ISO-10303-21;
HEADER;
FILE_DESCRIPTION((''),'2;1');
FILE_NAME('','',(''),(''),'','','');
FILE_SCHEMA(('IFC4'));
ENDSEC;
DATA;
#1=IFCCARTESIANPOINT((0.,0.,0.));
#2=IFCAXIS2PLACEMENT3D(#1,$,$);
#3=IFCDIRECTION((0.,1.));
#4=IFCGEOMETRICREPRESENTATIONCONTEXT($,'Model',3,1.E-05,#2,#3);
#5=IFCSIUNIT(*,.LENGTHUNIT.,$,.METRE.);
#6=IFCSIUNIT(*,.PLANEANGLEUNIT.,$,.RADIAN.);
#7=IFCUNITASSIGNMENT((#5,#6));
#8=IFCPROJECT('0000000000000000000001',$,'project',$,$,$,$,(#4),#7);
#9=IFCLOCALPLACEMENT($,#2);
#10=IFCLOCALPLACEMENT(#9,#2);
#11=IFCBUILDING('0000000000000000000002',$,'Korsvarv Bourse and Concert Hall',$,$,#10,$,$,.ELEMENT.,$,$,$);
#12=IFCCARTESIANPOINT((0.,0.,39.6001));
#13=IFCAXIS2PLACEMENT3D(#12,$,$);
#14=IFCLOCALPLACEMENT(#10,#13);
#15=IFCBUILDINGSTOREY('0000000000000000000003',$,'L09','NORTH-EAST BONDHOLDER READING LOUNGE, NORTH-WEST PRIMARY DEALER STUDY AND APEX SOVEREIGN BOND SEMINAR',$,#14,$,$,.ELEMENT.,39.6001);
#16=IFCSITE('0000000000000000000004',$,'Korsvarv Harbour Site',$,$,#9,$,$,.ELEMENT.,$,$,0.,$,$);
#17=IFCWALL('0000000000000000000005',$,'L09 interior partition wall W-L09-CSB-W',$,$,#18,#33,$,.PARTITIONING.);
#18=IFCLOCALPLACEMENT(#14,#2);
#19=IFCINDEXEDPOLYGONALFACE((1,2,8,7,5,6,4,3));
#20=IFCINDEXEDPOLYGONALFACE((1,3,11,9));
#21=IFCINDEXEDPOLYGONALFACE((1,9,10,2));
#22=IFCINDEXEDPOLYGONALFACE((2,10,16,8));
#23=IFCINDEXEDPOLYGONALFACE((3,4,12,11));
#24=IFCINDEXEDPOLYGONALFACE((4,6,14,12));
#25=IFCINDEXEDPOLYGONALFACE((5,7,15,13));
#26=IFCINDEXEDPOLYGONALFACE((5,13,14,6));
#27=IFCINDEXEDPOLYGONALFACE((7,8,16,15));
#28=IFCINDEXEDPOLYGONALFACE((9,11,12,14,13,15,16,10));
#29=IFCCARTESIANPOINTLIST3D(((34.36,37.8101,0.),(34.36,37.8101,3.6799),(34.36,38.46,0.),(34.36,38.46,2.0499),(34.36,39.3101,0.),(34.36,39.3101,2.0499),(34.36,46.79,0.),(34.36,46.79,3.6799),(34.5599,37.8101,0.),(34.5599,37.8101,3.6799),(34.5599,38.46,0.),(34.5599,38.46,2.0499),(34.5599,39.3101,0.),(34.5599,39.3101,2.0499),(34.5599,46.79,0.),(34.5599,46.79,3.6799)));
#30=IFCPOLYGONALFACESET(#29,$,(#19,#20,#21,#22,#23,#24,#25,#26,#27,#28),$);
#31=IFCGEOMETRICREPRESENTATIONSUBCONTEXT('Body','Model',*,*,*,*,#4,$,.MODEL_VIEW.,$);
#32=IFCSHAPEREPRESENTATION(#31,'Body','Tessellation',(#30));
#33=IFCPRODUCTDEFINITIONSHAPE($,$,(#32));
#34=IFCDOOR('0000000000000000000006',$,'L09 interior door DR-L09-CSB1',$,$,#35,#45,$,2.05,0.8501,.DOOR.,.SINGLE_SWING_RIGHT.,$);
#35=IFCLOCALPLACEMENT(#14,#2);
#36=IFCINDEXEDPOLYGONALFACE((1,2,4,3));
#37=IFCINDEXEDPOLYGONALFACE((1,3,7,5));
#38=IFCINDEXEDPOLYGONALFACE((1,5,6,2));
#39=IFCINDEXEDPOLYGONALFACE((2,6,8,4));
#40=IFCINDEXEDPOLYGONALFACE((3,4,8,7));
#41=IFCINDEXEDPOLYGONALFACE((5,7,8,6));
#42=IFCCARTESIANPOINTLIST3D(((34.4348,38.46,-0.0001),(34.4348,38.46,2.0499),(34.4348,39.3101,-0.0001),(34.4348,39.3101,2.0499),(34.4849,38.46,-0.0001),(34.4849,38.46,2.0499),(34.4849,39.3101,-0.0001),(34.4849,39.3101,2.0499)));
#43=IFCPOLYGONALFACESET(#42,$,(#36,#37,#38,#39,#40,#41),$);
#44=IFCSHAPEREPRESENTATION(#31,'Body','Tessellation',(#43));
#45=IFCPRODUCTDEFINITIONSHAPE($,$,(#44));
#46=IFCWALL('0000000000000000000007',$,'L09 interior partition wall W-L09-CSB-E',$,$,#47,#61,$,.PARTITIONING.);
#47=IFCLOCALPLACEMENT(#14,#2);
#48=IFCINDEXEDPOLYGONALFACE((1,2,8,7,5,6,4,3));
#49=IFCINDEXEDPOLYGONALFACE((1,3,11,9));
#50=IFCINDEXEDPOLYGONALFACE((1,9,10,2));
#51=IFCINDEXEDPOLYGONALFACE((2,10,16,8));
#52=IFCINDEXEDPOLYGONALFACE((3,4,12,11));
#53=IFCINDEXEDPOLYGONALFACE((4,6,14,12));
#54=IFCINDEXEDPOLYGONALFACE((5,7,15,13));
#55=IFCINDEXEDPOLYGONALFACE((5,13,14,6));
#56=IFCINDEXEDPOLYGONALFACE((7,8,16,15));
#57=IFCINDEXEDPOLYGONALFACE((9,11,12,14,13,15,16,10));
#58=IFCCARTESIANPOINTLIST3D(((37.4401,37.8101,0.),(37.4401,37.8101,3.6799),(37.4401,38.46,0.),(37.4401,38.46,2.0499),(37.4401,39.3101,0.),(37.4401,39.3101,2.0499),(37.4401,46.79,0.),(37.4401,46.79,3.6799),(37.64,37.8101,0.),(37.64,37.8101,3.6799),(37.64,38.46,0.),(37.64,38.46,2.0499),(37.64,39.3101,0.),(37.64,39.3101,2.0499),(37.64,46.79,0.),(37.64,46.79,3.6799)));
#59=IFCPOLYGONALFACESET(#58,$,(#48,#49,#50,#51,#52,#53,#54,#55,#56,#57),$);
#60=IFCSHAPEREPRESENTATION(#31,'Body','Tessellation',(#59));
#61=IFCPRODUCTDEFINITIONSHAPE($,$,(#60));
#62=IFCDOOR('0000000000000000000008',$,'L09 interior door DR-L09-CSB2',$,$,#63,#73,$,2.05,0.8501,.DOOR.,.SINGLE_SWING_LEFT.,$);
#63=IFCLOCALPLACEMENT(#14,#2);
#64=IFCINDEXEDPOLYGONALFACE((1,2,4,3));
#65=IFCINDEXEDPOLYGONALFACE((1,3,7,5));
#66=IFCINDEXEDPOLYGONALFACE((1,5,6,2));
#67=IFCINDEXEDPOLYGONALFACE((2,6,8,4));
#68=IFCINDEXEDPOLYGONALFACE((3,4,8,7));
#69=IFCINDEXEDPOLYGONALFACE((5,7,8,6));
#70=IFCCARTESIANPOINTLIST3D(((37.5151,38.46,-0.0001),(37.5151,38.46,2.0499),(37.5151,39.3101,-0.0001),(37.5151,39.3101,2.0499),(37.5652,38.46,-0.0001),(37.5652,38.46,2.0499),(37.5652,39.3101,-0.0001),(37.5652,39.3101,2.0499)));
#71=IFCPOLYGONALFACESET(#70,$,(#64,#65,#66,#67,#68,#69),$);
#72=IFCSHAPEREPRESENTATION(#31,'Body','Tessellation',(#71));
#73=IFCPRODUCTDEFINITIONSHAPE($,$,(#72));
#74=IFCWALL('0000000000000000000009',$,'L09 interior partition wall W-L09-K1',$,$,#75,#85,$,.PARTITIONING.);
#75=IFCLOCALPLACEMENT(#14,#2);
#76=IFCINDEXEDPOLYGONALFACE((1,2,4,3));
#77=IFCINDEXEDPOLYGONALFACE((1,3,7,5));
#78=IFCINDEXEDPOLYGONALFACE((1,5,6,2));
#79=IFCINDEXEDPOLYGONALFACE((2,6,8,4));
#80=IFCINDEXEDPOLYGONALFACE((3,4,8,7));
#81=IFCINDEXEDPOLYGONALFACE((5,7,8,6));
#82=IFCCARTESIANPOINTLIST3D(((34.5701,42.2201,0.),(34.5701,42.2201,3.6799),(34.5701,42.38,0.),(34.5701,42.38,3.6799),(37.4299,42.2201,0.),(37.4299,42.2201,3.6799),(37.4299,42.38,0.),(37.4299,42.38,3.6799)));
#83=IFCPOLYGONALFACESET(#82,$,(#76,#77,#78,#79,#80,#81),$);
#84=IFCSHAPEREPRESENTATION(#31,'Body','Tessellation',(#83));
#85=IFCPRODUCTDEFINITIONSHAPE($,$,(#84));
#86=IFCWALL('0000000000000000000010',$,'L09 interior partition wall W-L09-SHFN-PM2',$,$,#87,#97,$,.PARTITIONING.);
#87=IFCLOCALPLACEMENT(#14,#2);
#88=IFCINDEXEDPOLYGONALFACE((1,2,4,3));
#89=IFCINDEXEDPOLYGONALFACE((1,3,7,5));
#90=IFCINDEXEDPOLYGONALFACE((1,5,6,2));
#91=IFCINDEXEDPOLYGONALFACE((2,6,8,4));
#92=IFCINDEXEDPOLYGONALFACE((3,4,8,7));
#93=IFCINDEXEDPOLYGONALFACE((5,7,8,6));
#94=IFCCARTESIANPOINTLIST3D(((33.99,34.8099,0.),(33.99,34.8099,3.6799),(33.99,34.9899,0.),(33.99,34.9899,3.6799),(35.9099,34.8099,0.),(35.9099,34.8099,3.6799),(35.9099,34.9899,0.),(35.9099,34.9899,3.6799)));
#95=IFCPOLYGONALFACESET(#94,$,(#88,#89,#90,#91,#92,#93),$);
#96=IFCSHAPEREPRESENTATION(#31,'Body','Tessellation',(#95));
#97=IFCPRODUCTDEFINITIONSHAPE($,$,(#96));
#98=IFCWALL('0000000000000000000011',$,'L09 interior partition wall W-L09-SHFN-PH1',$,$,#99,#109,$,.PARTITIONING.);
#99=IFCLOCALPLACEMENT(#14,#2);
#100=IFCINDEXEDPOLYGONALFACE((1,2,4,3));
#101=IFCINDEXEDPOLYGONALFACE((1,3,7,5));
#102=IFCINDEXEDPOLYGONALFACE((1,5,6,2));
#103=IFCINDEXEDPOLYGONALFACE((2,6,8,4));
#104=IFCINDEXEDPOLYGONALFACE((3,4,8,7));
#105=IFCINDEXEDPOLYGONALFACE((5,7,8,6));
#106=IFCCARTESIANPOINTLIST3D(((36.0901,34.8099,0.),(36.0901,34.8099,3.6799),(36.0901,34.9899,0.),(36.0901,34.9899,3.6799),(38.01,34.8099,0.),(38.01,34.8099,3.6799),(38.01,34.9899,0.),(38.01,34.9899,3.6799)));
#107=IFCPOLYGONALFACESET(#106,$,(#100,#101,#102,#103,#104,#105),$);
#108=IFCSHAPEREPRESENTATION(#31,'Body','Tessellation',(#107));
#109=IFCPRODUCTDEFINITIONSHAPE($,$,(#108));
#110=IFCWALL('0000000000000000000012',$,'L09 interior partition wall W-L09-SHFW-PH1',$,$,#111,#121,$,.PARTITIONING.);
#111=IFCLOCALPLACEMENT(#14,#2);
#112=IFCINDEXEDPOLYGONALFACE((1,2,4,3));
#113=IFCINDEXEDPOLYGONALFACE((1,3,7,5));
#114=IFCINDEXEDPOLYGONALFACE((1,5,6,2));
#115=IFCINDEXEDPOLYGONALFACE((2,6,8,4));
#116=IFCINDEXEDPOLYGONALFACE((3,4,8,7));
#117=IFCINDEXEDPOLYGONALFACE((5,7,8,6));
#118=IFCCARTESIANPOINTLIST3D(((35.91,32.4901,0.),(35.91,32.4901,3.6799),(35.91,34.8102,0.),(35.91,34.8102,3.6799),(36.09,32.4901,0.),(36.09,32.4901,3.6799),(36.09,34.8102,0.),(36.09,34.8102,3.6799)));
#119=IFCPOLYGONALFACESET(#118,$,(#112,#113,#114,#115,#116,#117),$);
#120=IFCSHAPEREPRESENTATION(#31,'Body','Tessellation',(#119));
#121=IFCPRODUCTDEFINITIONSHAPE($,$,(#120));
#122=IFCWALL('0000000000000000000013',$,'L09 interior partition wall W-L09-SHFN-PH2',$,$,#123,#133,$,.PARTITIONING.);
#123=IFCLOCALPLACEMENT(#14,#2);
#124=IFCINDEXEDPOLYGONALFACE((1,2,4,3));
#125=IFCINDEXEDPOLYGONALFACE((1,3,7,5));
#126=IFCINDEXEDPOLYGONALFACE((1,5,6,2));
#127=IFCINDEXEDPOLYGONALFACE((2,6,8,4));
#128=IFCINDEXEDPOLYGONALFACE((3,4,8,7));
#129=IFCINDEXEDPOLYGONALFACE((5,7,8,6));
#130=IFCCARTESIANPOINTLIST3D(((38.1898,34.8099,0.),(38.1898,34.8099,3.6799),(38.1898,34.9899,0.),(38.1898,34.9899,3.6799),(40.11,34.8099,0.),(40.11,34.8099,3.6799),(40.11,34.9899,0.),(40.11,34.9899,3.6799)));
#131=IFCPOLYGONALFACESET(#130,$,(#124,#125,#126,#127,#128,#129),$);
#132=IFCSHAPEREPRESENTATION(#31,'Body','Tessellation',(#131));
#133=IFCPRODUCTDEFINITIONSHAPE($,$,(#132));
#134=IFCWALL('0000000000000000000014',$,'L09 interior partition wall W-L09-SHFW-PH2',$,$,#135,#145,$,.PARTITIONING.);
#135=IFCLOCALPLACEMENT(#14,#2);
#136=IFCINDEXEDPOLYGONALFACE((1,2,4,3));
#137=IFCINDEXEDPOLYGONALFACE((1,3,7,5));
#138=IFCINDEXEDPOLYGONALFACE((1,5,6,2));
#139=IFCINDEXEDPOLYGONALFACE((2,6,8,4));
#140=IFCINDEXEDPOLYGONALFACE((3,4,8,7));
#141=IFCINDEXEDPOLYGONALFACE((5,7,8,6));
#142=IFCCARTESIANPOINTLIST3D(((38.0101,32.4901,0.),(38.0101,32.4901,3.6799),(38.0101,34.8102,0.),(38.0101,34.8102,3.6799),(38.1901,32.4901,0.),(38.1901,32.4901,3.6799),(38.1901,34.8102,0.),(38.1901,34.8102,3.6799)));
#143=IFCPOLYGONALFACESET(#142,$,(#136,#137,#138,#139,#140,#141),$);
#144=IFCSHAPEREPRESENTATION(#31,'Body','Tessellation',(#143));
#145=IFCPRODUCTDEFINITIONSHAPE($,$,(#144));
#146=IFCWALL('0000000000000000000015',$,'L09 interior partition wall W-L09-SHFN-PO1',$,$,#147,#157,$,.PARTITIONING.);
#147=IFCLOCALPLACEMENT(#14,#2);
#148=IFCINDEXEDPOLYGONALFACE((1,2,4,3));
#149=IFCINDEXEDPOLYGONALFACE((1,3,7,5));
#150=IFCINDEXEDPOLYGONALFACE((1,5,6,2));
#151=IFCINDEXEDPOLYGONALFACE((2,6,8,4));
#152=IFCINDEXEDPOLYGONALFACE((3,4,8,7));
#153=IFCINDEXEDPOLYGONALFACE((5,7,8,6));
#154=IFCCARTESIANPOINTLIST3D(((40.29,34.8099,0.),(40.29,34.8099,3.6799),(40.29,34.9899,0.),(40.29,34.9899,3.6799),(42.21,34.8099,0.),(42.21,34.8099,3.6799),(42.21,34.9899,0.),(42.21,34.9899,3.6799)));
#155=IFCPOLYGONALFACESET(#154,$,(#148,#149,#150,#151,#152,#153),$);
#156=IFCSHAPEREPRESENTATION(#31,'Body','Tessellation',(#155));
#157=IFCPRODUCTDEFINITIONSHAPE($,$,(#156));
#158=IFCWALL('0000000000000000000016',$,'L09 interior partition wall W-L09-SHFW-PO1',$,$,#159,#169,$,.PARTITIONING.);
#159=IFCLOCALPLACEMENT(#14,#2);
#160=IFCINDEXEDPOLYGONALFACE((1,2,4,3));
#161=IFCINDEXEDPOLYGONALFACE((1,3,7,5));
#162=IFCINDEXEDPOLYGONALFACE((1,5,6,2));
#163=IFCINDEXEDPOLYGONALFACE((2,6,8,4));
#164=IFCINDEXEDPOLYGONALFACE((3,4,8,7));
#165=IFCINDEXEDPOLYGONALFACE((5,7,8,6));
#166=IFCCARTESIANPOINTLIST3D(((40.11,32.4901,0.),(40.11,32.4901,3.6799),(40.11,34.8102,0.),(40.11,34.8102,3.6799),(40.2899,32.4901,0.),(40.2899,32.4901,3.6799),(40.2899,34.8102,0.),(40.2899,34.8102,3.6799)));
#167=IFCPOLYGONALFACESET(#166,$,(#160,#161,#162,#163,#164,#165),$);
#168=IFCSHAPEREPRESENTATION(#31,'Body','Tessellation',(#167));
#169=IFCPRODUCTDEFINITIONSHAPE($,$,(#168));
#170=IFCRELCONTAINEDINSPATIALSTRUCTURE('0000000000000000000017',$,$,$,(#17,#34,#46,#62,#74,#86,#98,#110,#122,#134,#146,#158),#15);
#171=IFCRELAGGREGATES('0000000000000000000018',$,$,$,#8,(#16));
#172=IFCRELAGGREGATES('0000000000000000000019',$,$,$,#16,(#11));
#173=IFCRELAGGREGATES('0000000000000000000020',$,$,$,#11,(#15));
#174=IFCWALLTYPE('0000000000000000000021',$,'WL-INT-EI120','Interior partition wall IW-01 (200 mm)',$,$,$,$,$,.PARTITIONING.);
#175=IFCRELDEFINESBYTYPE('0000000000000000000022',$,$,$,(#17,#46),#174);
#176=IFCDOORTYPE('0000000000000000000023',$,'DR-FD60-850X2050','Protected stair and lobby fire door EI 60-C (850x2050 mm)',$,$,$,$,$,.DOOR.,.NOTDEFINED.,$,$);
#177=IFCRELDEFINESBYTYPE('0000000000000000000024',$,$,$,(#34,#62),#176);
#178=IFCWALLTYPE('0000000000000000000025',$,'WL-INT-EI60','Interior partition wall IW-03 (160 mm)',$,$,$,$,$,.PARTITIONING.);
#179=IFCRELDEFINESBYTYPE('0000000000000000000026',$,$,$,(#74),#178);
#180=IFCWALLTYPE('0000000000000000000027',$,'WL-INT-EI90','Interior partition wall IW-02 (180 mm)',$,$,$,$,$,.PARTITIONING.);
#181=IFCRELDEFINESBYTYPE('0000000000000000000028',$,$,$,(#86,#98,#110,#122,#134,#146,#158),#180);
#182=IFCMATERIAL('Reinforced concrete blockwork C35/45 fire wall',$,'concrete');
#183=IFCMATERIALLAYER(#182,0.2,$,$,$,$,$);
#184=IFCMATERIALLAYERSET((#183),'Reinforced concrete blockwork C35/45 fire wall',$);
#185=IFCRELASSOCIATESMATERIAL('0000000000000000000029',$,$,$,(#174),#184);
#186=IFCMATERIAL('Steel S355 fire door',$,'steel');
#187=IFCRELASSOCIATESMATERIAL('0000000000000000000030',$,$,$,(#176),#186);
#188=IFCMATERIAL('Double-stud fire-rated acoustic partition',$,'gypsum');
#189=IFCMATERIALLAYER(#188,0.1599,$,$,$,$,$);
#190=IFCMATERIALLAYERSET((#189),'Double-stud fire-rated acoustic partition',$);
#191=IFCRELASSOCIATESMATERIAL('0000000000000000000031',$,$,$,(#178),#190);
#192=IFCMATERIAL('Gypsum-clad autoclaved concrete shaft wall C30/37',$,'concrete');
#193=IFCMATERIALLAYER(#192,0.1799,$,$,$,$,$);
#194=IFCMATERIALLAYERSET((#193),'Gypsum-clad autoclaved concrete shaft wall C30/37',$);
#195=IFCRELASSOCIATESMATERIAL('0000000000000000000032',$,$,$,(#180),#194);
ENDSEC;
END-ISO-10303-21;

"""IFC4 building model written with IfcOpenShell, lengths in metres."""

from ifc_helpers import new_model, si_unit, direction, frame, frame_2d, origin, place, context, subcontext, project, spatial, rectangle, extrude, material, layer, layer_set, type_object, element, fill, save


model = new_model("IFC4")

# Units and contexts
model_context = context("Model", 3, precision=1e-05, world=origin(), true_north=direction((0.0, 1.0)))
body_context = subcontext(model_context, "Body", "Model", "MODEL_VIEW")
ifc_project = project(units=[si_unit("LENGTHUNIT", "METRE"), si_unit("PLANEANGLEUNIT", "RADIAN")], contexts=[model_context])

# Site, building, storey
site_placement = place(None, origin())
site = spatial("IfcSite", under=ifc_project, at=site_placement, Name="Korsvarv Harbour Site", CompositionType="ELEMENT", RefElevation=0.0)
building_placement = place(site_placement, origin())
building = spatial("IfcBuilding", under=site, at=building_placement, Name="Korsvarv Bourse and Concert Hall", CompositionType="ELEMENT")
storey_placement = place(building_placement, frame((0.0, 0.0, 39.6001)))
storey = spatial("IfcBuildingStorey", under=building, at=storey_placement, Name="L09", Description="NORTH-EAST BONDHOLDER READING LOUNGE, NORTH-WEST PRIMARY DEALER STUDY AND APEX SOVEREIGN BOND SEMINAR", CompositionType="ELEMENT", Elevation=39.6001)

# Shared definitions
ifc_material_1 = material(Name="Steel S355 fire door", Category="steel")

# Walls, openings, doors
ifc_material_2 = material(Name="Reinforced concrete blockwork C35/45 fire wall", Category="concrete")
ifc_layer_1 = layer(ifc_material_2, 0.2)
ifc_layer_set_1 = layer_set([ifc_layer_1], Name="Reinforced concrete blockwork C35/45 fire wall")
wall_type_1 = type_object("IfcWallType", Name="WL-INT-EI120", Description="Interior partition wall IW-01 (200 mm)", PredefinedType="PARTITIONING", material=ifc_layer_set_1)
wall_1_placement = place(storey_placement, frame((34.46, 37.8101, 0.0), z_axis=(0.0, 0.0, 1.0), x_axis=(0.0, 1.0, 0.0)))
wall_1 = element("IfcWall", 1, at=wall_1_placement, inside=storey, type_object=wall_type_1, Name="L09 interior partition wall W-L09-CSB-W", PredefinedType="PARTITIONING", context=body_context, shape_type="SweptSolid", body=[
    extrude(rectangle(XDim=8.98, YDim=0.2, at=frame_2d((4.49, 0.0))), origin(), (0.0, 0.0, 1.0), 3.6799),
])
opening_1_placement = place(wall_1_placement, frame((0.6499, 0.0, 0.0)))
opening_1 = element("IfcOpeningElement", 2, at=opening_1_placement, cuts=wall_1, PredefinedType="OPENING", context=body_context, shape_type="SweptSolid", body=[
    extrude(rectangle(XDim=0.8501, YDim=2.05, at=frame_2d((0.425, 1.0249))), frame((0.0, 0.1099, 0.0), z_axis=(0.0, -1.0, 0.0), x_axis=(1.0, 0.0, 0.0)), (0.0, 0.0, 1.0), 0.22),
])
door_type_1 = type_object("IfcDoorType", Name="DR-FD60-850X2050", Description="Protected stair and lobby fire door EI 60-C (850x2050 mm)", OperationType="NOTDEFINED", PredefinedType="DOOR", material=ifc_material_1)
door_1_placement = place(opening_1_placement, frame((0.8501, 0.0, 0.0), z_axis=(0.0, 0.0, 1.0), x_axis=(-1.0, 0.0, 0.0)))
door_1 = element("IfcDoor", 3, at=door_1_placement, inside=storey, type_object=door_type_1, Name="L09 interior door DR-L09-CSB1", OperationType="SINGLE_SWING_RIGHT", OverallHeight=2.05, OverallWidth=0.8501, PredefinedType="DOOR", context=body_context, shape_type="SweptSolid", body=[
    extrude(rectangle(XDim=0.8501, YDim=2.05, at=frame_2d((0.425, 1.0249))), frame((0.0, 0.0249, 0.0), z_axis=(0.0, -1.0, 0.0), x_axis=(1.0, 0.0, 0.0)), (0.0, 0.0, 1.0), 0.05),
])
fill(opening_1, door_1)
wall_2_placement = place(storey_placement, frame((37.54, 37.8101, 0.0), z_axis=(0.0, 0.0, 1.0), x_axis=(0.0, 1.0, 0.0)))
wall_2 = element("IfcWall", 4, at=wall_2_placement, inside=storey, type_object=wall_type_1, Name="L09 interior partition wall W-L09-CSB-E", PredefinedType="PARTITIONING", context=body_context, shape_type="SweptSolid", body=[
    extrude(rectangle(XDim=8.98, YDim=0.2, at=frame_2d((4.49, 0.0))), origin(), (0.0, 0.0, 1.0), 3.6799),
])
opening_2_placement = place(wall_2_placement, frame((0.6499, 0.0, 0.0)))
opening_2 = element("IfcOpeningElement", 5, at=opening_2_placement, cuts=wall_2, PredefinedType="OPENING", context=body_context, shape_type="SweptSolid", body=[
    extrude(rectangle(XDim=0.8501, YDim=2.05, at=frame_2d((0.425, 1.0249))), frame((0.0, 0.1099, 0.0), z_axis=(0.0, -1.0, 0.0), x_axis=(1.0, 0.0, 0.0)), (0.0, 0.0, 1.0), 0.22),
])
door_2_placement = place(opening_2_placement, origin())
door_2 = element("IfcDoor", 6, at=door_2_placement, inside=storey, type_object=door_type_1, Name="L09 interior door DR-L09-CSB2", OperationType="SINGLE_SWING_LEFT", OverallHeight=2.05, OverallWidth=0.8501, PredefinedType="DOOR", context=body_context, shape_type="SweptSolid", body=[
    extrude(rectangle(XDim=0.8501, YDim=2.05, at=frame_2d((0.425, 1.0249))), frame((0.0, 0.0249, 0.0), z_axis=(0.0, -1.0, 0.0), x_axis=(1.0, 0.0, 0.0)), (0.0, 0.0, 1.0), 0.05),
])
fill(opening_2, door_2)

# Walls
ifc_material_3 = material(Name="Double-stud fire-rated acoustic partition", Category="gypsum")
ifc_layer_2 = layer(ifc_material_3, 0.1599)
ifc_layer_set_2 = layer_set([ifc_layer_2], Name="Double-stud fire-rated acoustic partition")
wall_type_2 = type_object("IfcWallType", Name="WL-INT-EI60", Description="Interior partition wall IW-03 (160 mm)", PredefinedType="PARTITIONING", material=ifc_layer_set_2)
wall_3_placement = place(storey_placement, frame((34.5701, 42.3, 0.0), z_axis=(0.0, 0.0, 1.0), x_axis=(1.0, 0.0, 0.0)))
element("IfcWall", 7, at=wall_3_placement, inside=storey, type_object=wall_type_2, Name="L09 interior partition wall W-L09-K1", PredefinedType="PARTITIONING", context=body_context, shape_type="SweptSolid", body=[
    extrude(rectangle(XDim=2.8599, YDim=0.1599, at=frame_2d((1.4299, 0.0))), origin(), (0.0, 0.0, 1.0), 3.6799),
])
ifc_material_4 = material(Name="Gypsum-clad autoclaved concrete shaft wall C30/37", Category="concrete")
ifc_layer_3 = layer(ifc_material_4, 0.1799)
ifc_layer_set_3 = layer_set([ifc_layer_3], Name="Gypsum-clad autoclaved concrete shaft wall C30/37")
wall_type_3 = type_object("IfcWallType", Name="WL-INT-EI90", Description="Interior partition wall IW-02 (180 mm)", PredefinedType="PARTITIONING", material=ifc_layer_set_3)
for number, where, z_axis, x_axis, name in (
    (8, (33.99, 34.8999, 0.0), (0.0, 0.0, 1.0), (1.0, 0.0, 0.0), "L09 interior partition wall W-L09-SHFN-PM2"),
    (9, (36.0901, 34.8999, 0.0), (0.0, 0.0, 1.0), (1.0, 0.0, 0.0), "L09 interior partition wall W-L09-SHFN-PH1"),
):
    element("IfcWall", number, at=place(storey_placement, frame(where, z_axis=z_axis, x_axis=x_axis)), inside=storey, type_object=wall_type_3, Name=name, PredefinedType="PARTITIONING", context=body_context, shape_type="SweptSolid", body=[
        extrude(rectangle(XDim=1.9199, YDim=0.1799, at=frame_2d((0.96, 0.0))), origin(), (0.0, 0.0, 1.0), 3.6799),
    ])
wall_4_placement = place(storey_placement, frame((36.0, 32.49, 0.0), z_axis=(0.0, 0.0, 1.0), x_axis=(0.0, 1.0, 0.0)))
element("IfcWall", 10, at=wall_4_placement, inside=storey, type_object=wall_type_3, Name="L09 interior partition wall W-L09-SHFW-PH1", PredefinedType="PARTITIONING", context=body_context, shape_type="SweptSolid", body=[
    extrude(rectangle(XDim=2.3201, YDim=0.1799, at=frame_2d((1.1602, 0.0))), origin(), (0.0, 0.0, 1.0), 3.6799),
])
wall_5_placement = place(storey_placement, frame((38.1899, 34.8999, 0.0), z_axis=(0.0, 0.0, 1.0), x_axis=(1.0, 0.0, 0.0)))
element("IfcWall", 11, at=wall_5_placement, inside=storey, type_object=wall_type_3, Name="L09 interior partition wall W-L09-SHFN-PH2", PredefinedType="PARTITIONING", context=body_context, shape_type="SweptSolid", body=[
    extrude(rectangle(XDim=1.9202, YDim=0.1799, at=frame_2d((0.96, 0.0))), origin(), (0.0, 0.0, 1.0), 3.6799),
])
wall_6_placement = place(storey_placement, frame((38.1001, 32.49, 0.0), z_axis=(0.0, 0.0, 1.0), x_axis=(0.0, 1.0, 0.0)))
element("IfcWall", 12, at=wall_6_placement, inside=storey, type_object=wall_type_3, Name="L09 interior partition wall W-L09-SHFW-PH2", PredefinedType="PARTITIONING", context=body_context, shape_type="SweptSolid", body=[
    extrude(rectangle(XDim=2.3201, YDim=0.1799, at=frame_2d((1.1602, 0.0))), origin(), (0.0, 0.0, 1.0), 3.6799),
])
wall_7_placement = place(storey_placement, frame((40.29, 34.8999, 0.0), z_axis=(0.0, 0.0, 1.0), x_axis=(1.0, 0.0, 0.0)))
element("IfcWall", 13, at=wall_7_placement, inside=storey, type_object=wall_type_3, Name="L09 interior partition wall W-L09-SHFN-PO1", PredefinedType="PARTITIONING", context=body_context, shape_type="SweptSolid", body=[
    extrude(rectangle(XDim=1.9199, YDim=0.1799, at=frame_2d((0.96, 0.0))), origin(), (0.0, 0.0, 1.0), 3.6799),
])
wall_8_placement = place(storey_placement, frame((40.2, 32.49, 0.0), z_axis=(0.0, 0.0, 1.0), x_axis=(0.0, 1.0, 0.0)))
element("IfcWall", 14, at=wall_8_placement, inside=storey, type_object=wall_type_3, Name="L09 interior partition wall W-L09-SHFW-PO1", PredefinedType="PARTITIONING", context=body_context, shape_type="SweptSolid", body=[
    extrude(rectangle(XDim=2.3201, YDim=0.1799, at=frame_2d((1.1602, 0.0))), origin(), (0.0, 0.0, 1.0), 3.6799),
])

save(model, "model.ifc")
